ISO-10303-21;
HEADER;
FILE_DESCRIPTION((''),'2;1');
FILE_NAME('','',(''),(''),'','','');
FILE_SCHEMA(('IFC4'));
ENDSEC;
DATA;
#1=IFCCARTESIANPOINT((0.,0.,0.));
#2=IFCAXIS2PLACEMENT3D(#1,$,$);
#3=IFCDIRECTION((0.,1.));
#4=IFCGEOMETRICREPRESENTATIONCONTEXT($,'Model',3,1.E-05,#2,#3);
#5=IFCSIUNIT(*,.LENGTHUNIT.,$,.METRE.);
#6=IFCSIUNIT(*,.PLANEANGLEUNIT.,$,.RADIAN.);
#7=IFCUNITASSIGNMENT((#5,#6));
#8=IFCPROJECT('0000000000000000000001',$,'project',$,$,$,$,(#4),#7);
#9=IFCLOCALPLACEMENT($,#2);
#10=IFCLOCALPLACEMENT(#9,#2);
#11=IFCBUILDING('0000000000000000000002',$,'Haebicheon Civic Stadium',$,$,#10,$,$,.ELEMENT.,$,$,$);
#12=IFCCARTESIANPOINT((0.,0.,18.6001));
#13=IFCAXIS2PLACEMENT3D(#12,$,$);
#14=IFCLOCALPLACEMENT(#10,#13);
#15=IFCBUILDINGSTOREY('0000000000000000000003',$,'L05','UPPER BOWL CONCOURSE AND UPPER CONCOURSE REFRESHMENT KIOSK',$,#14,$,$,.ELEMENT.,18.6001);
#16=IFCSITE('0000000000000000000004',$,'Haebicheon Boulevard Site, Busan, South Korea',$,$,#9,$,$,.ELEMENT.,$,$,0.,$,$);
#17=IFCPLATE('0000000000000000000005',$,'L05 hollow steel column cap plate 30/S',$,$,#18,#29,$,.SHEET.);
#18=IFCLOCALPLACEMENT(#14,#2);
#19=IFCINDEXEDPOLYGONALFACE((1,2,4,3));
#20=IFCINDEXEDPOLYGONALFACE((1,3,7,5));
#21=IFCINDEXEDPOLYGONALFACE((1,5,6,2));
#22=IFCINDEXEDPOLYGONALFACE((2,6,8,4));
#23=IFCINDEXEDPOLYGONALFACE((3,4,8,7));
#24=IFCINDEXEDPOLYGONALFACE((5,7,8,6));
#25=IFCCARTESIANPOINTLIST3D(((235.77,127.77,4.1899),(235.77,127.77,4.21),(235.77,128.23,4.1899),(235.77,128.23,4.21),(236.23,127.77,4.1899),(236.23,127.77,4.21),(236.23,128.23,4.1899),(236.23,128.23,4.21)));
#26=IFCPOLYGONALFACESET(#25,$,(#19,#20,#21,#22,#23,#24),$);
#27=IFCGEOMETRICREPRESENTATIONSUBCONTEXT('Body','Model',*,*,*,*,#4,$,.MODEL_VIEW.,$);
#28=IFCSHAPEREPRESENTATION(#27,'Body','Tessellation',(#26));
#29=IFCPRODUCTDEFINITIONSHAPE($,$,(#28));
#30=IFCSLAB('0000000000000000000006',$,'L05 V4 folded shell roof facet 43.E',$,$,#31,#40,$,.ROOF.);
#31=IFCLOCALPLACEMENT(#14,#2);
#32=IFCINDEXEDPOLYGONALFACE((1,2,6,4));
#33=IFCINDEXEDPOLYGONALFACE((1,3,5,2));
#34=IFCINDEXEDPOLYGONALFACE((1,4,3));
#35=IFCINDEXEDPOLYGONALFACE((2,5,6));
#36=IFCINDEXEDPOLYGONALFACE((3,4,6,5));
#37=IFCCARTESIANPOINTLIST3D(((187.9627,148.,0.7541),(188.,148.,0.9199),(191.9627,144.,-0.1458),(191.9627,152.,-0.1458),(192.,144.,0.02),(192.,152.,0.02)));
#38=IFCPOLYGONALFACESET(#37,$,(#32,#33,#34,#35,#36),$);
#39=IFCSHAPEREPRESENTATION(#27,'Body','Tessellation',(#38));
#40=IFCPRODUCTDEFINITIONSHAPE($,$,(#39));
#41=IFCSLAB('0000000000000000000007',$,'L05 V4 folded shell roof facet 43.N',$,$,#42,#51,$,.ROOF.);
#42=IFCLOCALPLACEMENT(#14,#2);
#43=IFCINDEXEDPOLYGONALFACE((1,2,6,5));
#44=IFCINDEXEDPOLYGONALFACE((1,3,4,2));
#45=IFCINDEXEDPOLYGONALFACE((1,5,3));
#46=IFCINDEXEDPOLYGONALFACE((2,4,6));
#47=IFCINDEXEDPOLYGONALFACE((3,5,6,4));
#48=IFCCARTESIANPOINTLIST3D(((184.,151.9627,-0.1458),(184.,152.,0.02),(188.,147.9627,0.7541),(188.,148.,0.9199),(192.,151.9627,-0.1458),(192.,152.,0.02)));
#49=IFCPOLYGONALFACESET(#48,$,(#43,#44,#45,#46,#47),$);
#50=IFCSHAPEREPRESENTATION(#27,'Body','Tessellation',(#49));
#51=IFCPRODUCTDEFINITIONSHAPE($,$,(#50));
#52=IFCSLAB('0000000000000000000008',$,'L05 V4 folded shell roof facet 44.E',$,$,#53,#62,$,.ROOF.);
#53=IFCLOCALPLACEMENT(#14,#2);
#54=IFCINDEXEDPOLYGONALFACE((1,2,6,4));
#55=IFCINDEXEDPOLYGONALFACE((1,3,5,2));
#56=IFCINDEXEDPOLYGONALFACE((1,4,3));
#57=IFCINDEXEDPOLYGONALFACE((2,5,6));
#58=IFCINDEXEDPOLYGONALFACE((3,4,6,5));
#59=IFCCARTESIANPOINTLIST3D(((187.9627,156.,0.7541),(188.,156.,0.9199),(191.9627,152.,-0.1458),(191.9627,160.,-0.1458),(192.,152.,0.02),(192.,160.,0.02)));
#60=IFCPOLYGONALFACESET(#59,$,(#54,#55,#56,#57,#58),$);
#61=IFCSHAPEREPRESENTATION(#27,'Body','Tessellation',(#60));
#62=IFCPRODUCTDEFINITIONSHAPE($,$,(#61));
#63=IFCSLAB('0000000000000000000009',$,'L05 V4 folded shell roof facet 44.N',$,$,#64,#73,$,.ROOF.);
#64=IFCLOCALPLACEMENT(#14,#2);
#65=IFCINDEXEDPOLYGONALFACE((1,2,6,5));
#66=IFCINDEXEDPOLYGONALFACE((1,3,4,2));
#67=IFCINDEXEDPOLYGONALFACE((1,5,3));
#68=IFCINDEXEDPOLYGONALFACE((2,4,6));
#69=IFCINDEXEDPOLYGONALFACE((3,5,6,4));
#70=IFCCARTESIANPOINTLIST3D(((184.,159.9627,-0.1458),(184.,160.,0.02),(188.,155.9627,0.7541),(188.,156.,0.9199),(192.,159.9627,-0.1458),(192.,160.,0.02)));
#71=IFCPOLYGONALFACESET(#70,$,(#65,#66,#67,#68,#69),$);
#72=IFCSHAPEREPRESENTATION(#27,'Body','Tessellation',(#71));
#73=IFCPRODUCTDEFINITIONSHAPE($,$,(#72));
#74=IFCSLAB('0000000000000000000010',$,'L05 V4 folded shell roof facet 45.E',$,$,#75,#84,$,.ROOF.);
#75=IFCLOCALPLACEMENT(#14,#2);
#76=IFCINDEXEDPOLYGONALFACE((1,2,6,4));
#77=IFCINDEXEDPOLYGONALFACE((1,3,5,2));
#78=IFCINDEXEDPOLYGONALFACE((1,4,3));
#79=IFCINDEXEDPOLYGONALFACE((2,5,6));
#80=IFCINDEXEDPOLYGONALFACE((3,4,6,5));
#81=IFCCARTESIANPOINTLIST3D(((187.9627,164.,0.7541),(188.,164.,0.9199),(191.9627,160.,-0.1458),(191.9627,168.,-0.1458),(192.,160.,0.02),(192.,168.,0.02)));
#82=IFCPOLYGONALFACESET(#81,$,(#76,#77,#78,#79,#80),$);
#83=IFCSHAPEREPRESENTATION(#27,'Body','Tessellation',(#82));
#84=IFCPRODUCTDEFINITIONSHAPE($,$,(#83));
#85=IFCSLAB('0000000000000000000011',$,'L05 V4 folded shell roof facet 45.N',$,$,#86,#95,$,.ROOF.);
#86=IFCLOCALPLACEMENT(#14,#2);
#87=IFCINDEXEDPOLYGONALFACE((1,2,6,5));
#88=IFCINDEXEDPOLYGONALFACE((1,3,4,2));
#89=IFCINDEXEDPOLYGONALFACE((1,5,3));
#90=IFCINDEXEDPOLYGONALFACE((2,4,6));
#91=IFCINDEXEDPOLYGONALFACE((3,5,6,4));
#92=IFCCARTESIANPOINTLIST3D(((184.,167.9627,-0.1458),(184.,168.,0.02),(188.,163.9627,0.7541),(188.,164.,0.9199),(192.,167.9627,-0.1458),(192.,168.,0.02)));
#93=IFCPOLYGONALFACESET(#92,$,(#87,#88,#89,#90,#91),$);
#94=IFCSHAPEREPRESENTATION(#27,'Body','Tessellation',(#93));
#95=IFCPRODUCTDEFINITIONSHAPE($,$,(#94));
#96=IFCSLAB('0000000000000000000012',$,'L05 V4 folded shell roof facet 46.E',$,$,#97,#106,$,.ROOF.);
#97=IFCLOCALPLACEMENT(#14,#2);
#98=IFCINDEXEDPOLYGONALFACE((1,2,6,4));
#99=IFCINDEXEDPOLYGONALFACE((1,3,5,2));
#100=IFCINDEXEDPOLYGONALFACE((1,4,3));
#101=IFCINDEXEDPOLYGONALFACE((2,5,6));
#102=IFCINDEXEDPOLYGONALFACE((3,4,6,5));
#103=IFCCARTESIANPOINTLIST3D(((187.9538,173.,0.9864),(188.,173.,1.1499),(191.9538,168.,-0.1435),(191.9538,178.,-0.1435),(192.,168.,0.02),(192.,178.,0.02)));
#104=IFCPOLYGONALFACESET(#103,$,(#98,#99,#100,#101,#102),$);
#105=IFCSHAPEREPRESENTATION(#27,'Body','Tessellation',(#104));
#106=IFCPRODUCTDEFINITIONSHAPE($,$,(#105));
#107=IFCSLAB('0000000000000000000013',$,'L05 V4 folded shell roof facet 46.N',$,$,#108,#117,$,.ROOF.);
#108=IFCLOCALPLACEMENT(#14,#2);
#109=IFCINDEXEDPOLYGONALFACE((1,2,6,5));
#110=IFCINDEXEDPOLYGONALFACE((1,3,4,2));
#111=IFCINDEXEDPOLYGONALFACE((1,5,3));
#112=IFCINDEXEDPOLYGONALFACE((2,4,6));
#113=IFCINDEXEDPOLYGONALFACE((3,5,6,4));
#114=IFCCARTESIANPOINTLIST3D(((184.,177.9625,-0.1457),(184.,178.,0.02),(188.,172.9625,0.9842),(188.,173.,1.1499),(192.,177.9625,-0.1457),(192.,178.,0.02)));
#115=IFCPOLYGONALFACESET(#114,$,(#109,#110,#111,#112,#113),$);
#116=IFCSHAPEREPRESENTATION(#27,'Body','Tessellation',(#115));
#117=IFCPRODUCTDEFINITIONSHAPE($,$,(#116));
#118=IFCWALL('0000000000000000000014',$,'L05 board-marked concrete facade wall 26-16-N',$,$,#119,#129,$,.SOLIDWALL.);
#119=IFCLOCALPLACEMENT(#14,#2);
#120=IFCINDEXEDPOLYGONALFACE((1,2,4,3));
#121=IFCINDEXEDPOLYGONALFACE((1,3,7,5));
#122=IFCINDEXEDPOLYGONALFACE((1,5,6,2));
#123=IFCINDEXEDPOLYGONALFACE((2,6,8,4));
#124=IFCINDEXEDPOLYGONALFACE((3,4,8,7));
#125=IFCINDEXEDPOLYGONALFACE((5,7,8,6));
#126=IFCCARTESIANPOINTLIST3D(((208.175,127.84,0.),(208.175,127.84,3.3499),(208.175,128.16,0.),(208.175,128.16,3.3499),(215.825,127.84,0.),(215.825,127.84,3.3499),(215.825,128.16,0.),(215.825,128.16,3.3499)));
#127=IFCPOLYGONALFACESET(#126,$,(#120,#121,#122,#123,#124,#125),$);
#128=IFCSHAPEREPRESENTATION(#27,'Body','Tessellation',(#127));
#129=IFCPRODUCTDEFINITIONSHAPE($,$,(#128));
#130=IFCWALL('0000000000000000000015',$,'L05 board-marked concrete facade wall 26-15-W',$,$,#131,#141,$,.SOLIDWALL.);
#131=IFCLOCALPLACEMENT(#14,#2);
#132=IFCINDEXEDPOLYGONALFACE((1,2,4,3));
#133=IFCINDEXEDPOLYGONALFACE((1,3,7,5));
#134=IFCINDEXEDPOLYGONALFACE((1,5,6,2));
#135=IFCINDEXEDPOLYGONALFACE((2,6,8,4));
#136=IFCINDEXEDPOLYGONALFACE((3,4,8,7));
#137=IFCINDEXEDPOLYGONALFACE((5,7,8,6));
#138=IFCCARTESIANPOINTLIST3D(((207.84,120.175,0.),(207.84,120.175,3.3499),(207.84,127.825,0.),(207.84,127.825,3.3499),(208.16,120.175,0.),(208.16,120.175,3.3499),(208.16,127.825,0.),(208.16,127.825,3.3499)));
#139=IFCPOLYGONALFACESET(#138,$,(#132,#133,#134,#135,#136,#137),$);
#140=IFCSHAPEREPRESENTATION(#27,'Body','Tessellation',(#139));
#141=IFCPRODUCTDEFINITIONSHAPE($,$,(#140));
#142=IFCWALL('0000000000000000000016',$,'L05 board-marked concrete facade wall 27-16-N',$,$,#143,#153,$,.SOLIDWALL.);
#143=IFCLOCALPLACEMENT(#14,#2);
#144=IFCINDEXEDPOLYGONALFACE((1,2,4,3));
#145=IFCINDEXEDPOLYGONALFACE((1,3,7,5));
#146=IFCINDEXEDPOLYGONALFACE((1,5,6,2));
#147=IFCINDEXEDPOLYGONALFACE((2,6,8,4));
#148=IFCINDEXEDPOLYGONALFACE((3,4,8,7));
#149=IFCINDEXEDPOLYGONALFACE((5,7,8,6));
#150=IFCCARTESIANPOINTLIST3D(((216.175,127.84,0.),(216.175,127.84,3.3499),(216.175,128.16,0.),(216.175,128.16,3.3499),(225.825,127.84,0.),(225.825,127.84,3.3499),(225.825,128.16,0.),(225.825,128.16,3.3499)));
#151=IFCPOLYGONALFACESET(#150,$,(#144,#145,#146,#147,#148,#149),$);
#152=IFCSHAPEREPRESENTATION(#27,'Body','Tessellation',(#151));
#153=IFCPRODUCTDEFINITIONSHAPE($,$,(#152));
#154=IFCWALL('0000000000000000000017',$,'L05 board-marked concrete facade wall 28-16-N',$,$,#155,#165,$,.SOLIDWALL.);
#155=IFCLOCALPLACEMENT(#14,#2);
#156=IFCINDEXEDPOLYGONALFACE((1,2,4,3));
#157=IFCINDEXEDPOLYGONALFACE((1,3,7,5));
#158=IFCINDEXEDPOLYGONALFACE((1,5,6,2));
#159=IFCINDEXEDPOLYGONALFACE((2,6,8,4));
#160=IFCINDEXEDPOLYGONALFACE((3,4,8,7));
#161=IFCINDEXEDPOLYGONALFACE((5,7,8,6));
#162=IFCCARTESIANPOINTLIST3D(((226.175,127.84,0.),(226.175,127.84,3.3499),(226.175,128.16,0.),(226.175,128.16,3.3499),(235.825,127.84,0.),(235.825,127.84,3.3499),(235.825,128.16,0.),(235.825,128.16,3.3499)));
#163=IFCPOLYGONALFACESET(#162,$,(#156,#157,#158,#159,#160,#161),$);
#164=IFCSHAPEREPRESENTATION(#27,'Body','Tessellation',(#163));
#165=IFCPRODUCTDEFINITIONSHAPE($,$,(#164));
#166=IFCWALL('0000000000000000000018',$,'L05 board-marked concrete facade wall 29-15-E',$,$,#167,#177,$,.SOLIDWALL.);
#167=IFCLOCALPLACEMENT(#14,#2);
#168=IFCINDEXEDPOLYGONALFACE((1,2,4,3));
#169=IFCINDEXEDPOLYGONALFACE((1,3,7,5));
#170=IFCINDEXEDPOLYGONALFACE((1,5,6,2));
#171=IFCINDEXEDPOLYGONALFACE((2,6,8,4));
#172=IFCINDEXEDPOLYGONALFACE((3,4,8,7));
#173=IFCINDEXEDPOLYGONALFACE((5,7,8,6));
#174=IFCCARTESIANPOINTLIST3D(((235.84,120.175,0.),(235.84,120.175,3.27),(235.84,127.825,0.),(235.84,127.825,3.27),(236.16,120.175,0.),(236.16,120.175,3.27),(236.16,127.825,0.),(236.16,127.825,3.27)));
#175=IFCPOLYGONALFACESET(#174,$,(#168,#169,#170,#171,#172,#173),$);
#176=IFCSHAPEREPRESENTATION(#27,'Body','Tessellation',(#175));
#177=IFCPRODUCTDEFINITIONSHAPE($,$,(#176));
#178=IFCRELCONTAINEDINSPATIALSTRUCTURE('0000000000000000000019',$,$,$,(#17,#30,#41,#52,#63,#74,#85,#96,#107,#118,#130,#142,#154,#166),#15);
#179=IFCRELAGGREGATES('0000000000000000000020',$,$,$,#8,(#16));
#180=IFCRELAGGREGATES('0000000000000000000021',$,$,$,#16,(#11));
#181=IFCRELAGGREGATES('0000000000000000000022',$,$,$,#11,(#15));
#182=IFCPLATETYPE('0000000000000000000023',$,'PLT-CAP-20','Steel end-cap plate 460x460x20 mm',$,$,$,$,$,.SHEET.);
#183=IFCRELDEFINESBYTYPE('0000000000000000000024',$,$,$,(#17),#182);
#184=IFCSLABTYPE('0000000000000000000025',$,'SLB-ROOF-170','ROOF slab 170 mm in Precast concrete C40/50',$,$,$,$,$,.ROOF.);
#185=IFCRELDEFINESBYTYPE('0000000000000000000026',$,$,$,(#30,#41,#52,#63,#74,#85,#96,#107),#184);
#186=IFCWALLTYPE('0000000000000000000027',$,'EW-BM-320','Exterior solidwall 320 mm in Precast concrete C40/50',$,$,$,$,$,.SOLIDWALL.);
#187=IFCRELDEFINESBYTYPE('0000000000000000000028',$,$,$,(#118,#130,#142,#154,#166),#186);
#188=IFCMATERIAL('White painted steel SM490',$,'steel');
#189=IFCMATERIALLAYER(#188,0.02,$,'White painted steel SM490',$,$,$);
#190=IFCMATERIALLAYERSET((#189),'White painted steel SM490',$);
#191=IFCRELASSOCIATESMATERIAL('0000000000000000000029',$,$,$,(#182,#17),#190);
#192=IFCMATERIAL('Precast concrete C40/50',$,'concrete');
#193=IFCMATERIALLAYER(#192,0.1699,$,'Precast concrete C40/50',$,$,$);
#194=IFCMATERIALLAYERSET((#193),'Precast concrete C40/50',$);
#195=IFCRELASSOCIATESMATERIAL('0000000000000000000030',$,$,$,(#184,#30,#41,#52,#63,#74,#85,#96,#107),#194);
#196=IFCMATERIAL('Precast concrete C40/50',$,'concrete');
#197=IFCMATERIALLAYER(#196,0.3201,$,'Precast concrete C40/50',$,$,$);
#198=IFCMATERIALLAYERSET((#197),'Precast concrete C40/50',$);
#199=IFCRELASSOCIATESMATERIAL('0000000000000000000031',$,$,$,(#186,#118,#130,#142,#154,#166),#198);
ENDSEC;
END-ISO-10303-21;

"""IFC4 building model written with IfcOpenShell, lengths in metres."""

from ifc_helpers import new_model, si_unit, direction, frame, frame_2d, origin, origin_2d, place, context, subcontext, project, spatial, polyline, rectangle, outline, extrude, material, layer, layer_set, type_object, element, save


model = new_model("IFC4")

# Units and contexts
model_context = context("Model", 3, precision=1e-05, world=origin(), true_north=direction((0.0, 1.0)))
body_context = subcontext(model_context, "Body", "Model", "MODEL_VIEW")
ifc_project = project(units=[si_unit("LENGTHUNIT", "METRE"), si_unit("PLANEANGLEUNIT", "RADIAN")], contexts=[model_context])

# Site, building, storey
site_placement = place(None, origin())
site = spatial("IfcSite", under=ifc_project, at=site_placement, Name="Haebicheon Boulevard Site, Busan, South Korea", CompositionType="ELEMENT", RefElevation=0.0)
building_placement = place(site_placement, origin())
building = spatial("IfcBuilding", under=site, at=building_placement, Name="Haebicheon Civic Stadium", CompositionType="ELEMENT")
storey_placement = place(building_placement, frame((0.0, 0.0, 18.6001)))
storey = spatial("IfcBuildingStorey", under=building, at=storey_placement, Name="L05", Description="UPPER BOWL CONCOURSE AND UPPER CONCOURSE REFRESHMENT KIOSK", CompositionType="ELEMENT", Elevation=18.6001)

# Plate
ifc_material_1 = material(Name="White painted steel SM490", Category="steel")
ifc_layer_1 = layer(ifc_material_1, 0.02, Name="White painted steel SM490")
ifc_layer_set_1 = layer_set([ifc_layer_1], Name="White painted steel SM490")
plate_type = type_object("IfcPlateType", Name="PLT-CAP-20", Description="Steel end-cap plate 460x460x20 mm", PredefinedType="SHEET", material=ifc_layer_set_1)
for number, where, z_axis, x_axis, name in (
    (1, (236.0, 128.0, 4.1899), (0.0, 0.0, 1.0), (1.0, 0.0, 0.0), "L05 hollow steel column cap plate 30/S"),
):
    element("IfcPlate", number, at=place(storey_placement, frame(where, z_axis=z_axis, x_axis=x_axis)), inside=storey, type_object=plate_type, material=ifc_layer_set_1, Name=name, PredefinedType="SHEET", context=body_context, shape_type="SweptSolid", body=[
        extrude(rectangle(XDim=0.46, YDim=0.46, at=origin_2d()), origin(), (0.0, 0.0, 1.0), 0.02),
    ])

# Slabs
ifc_material_2 = material(Name="Precast concrete C40/50", Category="concrete")
ifc_layer_2 = layer(ifc_material_2, 0.1699, Name="Precast concrete C40/50")
ifc_layer_set_2 = layer_set([ifc_layer_2], Name="Precast concrete C40/50")
slab_type = type_object("IfcSlabType", Name="SLB-ROOF-170", Description="ROOF slab 170 mm in Precast concrete C40/50", PredefinedType="ROOF", material=ifc_layer_set_2)
for number, where, z_axis, x_axis, name in (
    (2, (192.0, 144.0, 0.02), (0.21949, 0.0, 0.975615), (0.0, 1.0, 0.0), "L05 V4 folded shell roof facet 43.E"),
    (3, (192.0, 152.0, 0.02), (0.0, 0.21949, 0.975615), (-1.0, 0.0, 0.0), "L05 V4 folded shell roof facet 43.N"),
    (4, (192.0, 152.0, 0.02), (0.21949, 0.0, 0.975615), (0.0, 1.0, 0.0), "L05 V4 folded shell roof facet 44.E"),
    (5, (192.0, 160.0, 0.02), (0.0, 0.21949, 0.975615), (-1.0, 0.0, 0.0), "L05 V4 folded shell roof facet 44.N"),
    (6, (192.0, 160.0, 0.02), (0.21949, 0.0, 0.975615), (0.0, 1.0, 0.0), "L05 V4 folded shell roof facet 45.E"),
    (7, (192.0, 168.0, 0.02), (0.0, 0.21949, 0.975615), (-1.0, 0.0, 0.0), "L05 V4 folded shell roof facet 45.N"),
):
    element("IfcSlab", number, at=place(storey_placement, frame(where, z_axis=z_axis, x_axis=x_axis)), inside=storey, type_object=slab_type, material=ifc_layer_set_2, Name=name, PredefinedType="ROOF", context=body_context, shape_type="SweptSolid", body=[
        extrude(outline(polyline([(0.0, 0.0), (8.0, 0.0), (4.0, 4.1), (0.0, 0.0)])), origin(), (0.0, 0.0, -1.0), 0.1699),
    ])
slab_1_placement = place(storey_placement, frame((192.0, 168.0, 0.02), z_axis=(0.271834, 0.0, 0.962344), x_axis=(0.0, 1.0, 0.0)))
element("IfcSlab", 8, at=slab_1_placement, inside=storey, type_object=slab_type, material=ifc_layer_set_2, Name="L05 V4 folded shell roof facet 46.E", PredefinedType="ROOF", context=body_context, shape_type="SweptSolid", body=[
    extrude(outline(polyline([(0.0, 0.0), (10.0, 0.0), (5.0, 4.1565), (0.0, 0.0)])), origin(), (0.0, 0.0, -1.0), 0.1699),
])
slab_2_placement = place(storey_placement, frame((192.0, 178.0, 0.02), z_axis=(0.0, 0.220419, 0.975405), x_axis=(-1.0, 0.0, 0.0)))
element("IfcSlab", 9, at=slab_2_placement, inside=storey, type_object=slab_type, material=ifc_layer_set_2, Name="L05 V4 folded shell roof facet 46.N", PredefinedType="ROOF", context=body_context, shape_type="SweptSolid", body=[
    extrude(outline(polyline([(0.0, 0.0), (8.0, 0.0), (4.0, 5.1261), (0.0, 0.0)])), origin(), (0.0, 0.0, -1.0), 0.1699),
])

# Walls
ifc_material_3 = material(Name="Precast concrete C40/50", Category="concrete")
ifc_layer_3 = layer(ifc_material_3, 0.3201, Name="Precast concrete C40/50")
ifc_layer_set_3 = layer_set([ifc_layer_3], Name="Precast concrete C40/50")
wall_type = type_object("IfcWallType", Name="EW-BM-320", Description="Exterior solidwall 320 mm in Precast concrete C40/50", PredefinedType="SOLIDWALL", material=ifc_layer_set_3)
for number, where, z_axis, x_axis, name in (
    (10, (208.175, 128.0, 0.0), (0.0, 0.0, 1.0), (1.0, 0.0, 0.0), "L05 board-marked concrete facade wall 26-16-N"),
    (11, (208.0, 120.175, 0.0), (0.0, 0.0, 1.0), (0.0, 1.0, 0.0), "L05 board-marked concrete facade wall 26-15-W"),
):
    element("IfcWall", number, at=place(storey_placement, frame(where, z_axis=z_axis, x_axis=x_axis)), inside=storey, type_object=wall_type, material=ifc_layer_set_3, Name=name, PredefinedType="SOLIDWALL", context=body_context, shape_type="SweptSolid", body=[
        extrude(rectangle(XDim=7.6499, YDim=0.3201, at=frame_2d((3.825, 0.0))), origin(), (0.0, 0.0, 1.0), 3.3499),
    ])
for number, where, z_axis, x_axis, name in (
    (12, (216.175, 128.0, 0.0), (0.0, 0.0, 1.0), (1.0, 0.0, 0.0), "L05 board-marked concrete facade wall 27-16-N"),
    (13, (226.175, 128.0, 0.0), (0.0, 0.0, 1.0), (1.0, 0.0, 0.0), "L05 board-marked concrete facade wall 28-16-N"),
):
    element("IfcWall", number, at=place(storey_placement, frame(where, z_axis=z_axis, x_axis=x_axis)), inside=storey, type_object=wall_type, material=ifc_layer_set_3, Name=name, PredefinedType="SOLIDWALL", context=body_context, shape_type="SweptSolid", body=[
        extrude(rectangle(XDim=9.6499, YDim=0.3201, at=frame_2d((4.825, 0.0))), origin(), (0.0, 0.0, 1.0), 3.3499),
    ])
wall_placement = place(storey_placement, frame((236.0, 120.175, 0.0), z_axis=(0.0, 0.0, 1.0), x_axis=(0.0, 1.0, 0.0)))
element("IfcWall", 14, at=wall_placement, inside=storey, type_object=wall_type, material=ifc_layer_set_3, Name="L05 board-marked concrete facade wall 29-15-E", PredefinedType="SOLIDWALL", context=body_context, shape_type="SweptSolid", body=[
    extrude(rectangle(XDim=7.6499, YDim=0.3201, at=frame_2d((3.825, 0.0))), origin(), (0.0, 0.0, 1.0), 3.27),
])

save(model, "model.ifc")
